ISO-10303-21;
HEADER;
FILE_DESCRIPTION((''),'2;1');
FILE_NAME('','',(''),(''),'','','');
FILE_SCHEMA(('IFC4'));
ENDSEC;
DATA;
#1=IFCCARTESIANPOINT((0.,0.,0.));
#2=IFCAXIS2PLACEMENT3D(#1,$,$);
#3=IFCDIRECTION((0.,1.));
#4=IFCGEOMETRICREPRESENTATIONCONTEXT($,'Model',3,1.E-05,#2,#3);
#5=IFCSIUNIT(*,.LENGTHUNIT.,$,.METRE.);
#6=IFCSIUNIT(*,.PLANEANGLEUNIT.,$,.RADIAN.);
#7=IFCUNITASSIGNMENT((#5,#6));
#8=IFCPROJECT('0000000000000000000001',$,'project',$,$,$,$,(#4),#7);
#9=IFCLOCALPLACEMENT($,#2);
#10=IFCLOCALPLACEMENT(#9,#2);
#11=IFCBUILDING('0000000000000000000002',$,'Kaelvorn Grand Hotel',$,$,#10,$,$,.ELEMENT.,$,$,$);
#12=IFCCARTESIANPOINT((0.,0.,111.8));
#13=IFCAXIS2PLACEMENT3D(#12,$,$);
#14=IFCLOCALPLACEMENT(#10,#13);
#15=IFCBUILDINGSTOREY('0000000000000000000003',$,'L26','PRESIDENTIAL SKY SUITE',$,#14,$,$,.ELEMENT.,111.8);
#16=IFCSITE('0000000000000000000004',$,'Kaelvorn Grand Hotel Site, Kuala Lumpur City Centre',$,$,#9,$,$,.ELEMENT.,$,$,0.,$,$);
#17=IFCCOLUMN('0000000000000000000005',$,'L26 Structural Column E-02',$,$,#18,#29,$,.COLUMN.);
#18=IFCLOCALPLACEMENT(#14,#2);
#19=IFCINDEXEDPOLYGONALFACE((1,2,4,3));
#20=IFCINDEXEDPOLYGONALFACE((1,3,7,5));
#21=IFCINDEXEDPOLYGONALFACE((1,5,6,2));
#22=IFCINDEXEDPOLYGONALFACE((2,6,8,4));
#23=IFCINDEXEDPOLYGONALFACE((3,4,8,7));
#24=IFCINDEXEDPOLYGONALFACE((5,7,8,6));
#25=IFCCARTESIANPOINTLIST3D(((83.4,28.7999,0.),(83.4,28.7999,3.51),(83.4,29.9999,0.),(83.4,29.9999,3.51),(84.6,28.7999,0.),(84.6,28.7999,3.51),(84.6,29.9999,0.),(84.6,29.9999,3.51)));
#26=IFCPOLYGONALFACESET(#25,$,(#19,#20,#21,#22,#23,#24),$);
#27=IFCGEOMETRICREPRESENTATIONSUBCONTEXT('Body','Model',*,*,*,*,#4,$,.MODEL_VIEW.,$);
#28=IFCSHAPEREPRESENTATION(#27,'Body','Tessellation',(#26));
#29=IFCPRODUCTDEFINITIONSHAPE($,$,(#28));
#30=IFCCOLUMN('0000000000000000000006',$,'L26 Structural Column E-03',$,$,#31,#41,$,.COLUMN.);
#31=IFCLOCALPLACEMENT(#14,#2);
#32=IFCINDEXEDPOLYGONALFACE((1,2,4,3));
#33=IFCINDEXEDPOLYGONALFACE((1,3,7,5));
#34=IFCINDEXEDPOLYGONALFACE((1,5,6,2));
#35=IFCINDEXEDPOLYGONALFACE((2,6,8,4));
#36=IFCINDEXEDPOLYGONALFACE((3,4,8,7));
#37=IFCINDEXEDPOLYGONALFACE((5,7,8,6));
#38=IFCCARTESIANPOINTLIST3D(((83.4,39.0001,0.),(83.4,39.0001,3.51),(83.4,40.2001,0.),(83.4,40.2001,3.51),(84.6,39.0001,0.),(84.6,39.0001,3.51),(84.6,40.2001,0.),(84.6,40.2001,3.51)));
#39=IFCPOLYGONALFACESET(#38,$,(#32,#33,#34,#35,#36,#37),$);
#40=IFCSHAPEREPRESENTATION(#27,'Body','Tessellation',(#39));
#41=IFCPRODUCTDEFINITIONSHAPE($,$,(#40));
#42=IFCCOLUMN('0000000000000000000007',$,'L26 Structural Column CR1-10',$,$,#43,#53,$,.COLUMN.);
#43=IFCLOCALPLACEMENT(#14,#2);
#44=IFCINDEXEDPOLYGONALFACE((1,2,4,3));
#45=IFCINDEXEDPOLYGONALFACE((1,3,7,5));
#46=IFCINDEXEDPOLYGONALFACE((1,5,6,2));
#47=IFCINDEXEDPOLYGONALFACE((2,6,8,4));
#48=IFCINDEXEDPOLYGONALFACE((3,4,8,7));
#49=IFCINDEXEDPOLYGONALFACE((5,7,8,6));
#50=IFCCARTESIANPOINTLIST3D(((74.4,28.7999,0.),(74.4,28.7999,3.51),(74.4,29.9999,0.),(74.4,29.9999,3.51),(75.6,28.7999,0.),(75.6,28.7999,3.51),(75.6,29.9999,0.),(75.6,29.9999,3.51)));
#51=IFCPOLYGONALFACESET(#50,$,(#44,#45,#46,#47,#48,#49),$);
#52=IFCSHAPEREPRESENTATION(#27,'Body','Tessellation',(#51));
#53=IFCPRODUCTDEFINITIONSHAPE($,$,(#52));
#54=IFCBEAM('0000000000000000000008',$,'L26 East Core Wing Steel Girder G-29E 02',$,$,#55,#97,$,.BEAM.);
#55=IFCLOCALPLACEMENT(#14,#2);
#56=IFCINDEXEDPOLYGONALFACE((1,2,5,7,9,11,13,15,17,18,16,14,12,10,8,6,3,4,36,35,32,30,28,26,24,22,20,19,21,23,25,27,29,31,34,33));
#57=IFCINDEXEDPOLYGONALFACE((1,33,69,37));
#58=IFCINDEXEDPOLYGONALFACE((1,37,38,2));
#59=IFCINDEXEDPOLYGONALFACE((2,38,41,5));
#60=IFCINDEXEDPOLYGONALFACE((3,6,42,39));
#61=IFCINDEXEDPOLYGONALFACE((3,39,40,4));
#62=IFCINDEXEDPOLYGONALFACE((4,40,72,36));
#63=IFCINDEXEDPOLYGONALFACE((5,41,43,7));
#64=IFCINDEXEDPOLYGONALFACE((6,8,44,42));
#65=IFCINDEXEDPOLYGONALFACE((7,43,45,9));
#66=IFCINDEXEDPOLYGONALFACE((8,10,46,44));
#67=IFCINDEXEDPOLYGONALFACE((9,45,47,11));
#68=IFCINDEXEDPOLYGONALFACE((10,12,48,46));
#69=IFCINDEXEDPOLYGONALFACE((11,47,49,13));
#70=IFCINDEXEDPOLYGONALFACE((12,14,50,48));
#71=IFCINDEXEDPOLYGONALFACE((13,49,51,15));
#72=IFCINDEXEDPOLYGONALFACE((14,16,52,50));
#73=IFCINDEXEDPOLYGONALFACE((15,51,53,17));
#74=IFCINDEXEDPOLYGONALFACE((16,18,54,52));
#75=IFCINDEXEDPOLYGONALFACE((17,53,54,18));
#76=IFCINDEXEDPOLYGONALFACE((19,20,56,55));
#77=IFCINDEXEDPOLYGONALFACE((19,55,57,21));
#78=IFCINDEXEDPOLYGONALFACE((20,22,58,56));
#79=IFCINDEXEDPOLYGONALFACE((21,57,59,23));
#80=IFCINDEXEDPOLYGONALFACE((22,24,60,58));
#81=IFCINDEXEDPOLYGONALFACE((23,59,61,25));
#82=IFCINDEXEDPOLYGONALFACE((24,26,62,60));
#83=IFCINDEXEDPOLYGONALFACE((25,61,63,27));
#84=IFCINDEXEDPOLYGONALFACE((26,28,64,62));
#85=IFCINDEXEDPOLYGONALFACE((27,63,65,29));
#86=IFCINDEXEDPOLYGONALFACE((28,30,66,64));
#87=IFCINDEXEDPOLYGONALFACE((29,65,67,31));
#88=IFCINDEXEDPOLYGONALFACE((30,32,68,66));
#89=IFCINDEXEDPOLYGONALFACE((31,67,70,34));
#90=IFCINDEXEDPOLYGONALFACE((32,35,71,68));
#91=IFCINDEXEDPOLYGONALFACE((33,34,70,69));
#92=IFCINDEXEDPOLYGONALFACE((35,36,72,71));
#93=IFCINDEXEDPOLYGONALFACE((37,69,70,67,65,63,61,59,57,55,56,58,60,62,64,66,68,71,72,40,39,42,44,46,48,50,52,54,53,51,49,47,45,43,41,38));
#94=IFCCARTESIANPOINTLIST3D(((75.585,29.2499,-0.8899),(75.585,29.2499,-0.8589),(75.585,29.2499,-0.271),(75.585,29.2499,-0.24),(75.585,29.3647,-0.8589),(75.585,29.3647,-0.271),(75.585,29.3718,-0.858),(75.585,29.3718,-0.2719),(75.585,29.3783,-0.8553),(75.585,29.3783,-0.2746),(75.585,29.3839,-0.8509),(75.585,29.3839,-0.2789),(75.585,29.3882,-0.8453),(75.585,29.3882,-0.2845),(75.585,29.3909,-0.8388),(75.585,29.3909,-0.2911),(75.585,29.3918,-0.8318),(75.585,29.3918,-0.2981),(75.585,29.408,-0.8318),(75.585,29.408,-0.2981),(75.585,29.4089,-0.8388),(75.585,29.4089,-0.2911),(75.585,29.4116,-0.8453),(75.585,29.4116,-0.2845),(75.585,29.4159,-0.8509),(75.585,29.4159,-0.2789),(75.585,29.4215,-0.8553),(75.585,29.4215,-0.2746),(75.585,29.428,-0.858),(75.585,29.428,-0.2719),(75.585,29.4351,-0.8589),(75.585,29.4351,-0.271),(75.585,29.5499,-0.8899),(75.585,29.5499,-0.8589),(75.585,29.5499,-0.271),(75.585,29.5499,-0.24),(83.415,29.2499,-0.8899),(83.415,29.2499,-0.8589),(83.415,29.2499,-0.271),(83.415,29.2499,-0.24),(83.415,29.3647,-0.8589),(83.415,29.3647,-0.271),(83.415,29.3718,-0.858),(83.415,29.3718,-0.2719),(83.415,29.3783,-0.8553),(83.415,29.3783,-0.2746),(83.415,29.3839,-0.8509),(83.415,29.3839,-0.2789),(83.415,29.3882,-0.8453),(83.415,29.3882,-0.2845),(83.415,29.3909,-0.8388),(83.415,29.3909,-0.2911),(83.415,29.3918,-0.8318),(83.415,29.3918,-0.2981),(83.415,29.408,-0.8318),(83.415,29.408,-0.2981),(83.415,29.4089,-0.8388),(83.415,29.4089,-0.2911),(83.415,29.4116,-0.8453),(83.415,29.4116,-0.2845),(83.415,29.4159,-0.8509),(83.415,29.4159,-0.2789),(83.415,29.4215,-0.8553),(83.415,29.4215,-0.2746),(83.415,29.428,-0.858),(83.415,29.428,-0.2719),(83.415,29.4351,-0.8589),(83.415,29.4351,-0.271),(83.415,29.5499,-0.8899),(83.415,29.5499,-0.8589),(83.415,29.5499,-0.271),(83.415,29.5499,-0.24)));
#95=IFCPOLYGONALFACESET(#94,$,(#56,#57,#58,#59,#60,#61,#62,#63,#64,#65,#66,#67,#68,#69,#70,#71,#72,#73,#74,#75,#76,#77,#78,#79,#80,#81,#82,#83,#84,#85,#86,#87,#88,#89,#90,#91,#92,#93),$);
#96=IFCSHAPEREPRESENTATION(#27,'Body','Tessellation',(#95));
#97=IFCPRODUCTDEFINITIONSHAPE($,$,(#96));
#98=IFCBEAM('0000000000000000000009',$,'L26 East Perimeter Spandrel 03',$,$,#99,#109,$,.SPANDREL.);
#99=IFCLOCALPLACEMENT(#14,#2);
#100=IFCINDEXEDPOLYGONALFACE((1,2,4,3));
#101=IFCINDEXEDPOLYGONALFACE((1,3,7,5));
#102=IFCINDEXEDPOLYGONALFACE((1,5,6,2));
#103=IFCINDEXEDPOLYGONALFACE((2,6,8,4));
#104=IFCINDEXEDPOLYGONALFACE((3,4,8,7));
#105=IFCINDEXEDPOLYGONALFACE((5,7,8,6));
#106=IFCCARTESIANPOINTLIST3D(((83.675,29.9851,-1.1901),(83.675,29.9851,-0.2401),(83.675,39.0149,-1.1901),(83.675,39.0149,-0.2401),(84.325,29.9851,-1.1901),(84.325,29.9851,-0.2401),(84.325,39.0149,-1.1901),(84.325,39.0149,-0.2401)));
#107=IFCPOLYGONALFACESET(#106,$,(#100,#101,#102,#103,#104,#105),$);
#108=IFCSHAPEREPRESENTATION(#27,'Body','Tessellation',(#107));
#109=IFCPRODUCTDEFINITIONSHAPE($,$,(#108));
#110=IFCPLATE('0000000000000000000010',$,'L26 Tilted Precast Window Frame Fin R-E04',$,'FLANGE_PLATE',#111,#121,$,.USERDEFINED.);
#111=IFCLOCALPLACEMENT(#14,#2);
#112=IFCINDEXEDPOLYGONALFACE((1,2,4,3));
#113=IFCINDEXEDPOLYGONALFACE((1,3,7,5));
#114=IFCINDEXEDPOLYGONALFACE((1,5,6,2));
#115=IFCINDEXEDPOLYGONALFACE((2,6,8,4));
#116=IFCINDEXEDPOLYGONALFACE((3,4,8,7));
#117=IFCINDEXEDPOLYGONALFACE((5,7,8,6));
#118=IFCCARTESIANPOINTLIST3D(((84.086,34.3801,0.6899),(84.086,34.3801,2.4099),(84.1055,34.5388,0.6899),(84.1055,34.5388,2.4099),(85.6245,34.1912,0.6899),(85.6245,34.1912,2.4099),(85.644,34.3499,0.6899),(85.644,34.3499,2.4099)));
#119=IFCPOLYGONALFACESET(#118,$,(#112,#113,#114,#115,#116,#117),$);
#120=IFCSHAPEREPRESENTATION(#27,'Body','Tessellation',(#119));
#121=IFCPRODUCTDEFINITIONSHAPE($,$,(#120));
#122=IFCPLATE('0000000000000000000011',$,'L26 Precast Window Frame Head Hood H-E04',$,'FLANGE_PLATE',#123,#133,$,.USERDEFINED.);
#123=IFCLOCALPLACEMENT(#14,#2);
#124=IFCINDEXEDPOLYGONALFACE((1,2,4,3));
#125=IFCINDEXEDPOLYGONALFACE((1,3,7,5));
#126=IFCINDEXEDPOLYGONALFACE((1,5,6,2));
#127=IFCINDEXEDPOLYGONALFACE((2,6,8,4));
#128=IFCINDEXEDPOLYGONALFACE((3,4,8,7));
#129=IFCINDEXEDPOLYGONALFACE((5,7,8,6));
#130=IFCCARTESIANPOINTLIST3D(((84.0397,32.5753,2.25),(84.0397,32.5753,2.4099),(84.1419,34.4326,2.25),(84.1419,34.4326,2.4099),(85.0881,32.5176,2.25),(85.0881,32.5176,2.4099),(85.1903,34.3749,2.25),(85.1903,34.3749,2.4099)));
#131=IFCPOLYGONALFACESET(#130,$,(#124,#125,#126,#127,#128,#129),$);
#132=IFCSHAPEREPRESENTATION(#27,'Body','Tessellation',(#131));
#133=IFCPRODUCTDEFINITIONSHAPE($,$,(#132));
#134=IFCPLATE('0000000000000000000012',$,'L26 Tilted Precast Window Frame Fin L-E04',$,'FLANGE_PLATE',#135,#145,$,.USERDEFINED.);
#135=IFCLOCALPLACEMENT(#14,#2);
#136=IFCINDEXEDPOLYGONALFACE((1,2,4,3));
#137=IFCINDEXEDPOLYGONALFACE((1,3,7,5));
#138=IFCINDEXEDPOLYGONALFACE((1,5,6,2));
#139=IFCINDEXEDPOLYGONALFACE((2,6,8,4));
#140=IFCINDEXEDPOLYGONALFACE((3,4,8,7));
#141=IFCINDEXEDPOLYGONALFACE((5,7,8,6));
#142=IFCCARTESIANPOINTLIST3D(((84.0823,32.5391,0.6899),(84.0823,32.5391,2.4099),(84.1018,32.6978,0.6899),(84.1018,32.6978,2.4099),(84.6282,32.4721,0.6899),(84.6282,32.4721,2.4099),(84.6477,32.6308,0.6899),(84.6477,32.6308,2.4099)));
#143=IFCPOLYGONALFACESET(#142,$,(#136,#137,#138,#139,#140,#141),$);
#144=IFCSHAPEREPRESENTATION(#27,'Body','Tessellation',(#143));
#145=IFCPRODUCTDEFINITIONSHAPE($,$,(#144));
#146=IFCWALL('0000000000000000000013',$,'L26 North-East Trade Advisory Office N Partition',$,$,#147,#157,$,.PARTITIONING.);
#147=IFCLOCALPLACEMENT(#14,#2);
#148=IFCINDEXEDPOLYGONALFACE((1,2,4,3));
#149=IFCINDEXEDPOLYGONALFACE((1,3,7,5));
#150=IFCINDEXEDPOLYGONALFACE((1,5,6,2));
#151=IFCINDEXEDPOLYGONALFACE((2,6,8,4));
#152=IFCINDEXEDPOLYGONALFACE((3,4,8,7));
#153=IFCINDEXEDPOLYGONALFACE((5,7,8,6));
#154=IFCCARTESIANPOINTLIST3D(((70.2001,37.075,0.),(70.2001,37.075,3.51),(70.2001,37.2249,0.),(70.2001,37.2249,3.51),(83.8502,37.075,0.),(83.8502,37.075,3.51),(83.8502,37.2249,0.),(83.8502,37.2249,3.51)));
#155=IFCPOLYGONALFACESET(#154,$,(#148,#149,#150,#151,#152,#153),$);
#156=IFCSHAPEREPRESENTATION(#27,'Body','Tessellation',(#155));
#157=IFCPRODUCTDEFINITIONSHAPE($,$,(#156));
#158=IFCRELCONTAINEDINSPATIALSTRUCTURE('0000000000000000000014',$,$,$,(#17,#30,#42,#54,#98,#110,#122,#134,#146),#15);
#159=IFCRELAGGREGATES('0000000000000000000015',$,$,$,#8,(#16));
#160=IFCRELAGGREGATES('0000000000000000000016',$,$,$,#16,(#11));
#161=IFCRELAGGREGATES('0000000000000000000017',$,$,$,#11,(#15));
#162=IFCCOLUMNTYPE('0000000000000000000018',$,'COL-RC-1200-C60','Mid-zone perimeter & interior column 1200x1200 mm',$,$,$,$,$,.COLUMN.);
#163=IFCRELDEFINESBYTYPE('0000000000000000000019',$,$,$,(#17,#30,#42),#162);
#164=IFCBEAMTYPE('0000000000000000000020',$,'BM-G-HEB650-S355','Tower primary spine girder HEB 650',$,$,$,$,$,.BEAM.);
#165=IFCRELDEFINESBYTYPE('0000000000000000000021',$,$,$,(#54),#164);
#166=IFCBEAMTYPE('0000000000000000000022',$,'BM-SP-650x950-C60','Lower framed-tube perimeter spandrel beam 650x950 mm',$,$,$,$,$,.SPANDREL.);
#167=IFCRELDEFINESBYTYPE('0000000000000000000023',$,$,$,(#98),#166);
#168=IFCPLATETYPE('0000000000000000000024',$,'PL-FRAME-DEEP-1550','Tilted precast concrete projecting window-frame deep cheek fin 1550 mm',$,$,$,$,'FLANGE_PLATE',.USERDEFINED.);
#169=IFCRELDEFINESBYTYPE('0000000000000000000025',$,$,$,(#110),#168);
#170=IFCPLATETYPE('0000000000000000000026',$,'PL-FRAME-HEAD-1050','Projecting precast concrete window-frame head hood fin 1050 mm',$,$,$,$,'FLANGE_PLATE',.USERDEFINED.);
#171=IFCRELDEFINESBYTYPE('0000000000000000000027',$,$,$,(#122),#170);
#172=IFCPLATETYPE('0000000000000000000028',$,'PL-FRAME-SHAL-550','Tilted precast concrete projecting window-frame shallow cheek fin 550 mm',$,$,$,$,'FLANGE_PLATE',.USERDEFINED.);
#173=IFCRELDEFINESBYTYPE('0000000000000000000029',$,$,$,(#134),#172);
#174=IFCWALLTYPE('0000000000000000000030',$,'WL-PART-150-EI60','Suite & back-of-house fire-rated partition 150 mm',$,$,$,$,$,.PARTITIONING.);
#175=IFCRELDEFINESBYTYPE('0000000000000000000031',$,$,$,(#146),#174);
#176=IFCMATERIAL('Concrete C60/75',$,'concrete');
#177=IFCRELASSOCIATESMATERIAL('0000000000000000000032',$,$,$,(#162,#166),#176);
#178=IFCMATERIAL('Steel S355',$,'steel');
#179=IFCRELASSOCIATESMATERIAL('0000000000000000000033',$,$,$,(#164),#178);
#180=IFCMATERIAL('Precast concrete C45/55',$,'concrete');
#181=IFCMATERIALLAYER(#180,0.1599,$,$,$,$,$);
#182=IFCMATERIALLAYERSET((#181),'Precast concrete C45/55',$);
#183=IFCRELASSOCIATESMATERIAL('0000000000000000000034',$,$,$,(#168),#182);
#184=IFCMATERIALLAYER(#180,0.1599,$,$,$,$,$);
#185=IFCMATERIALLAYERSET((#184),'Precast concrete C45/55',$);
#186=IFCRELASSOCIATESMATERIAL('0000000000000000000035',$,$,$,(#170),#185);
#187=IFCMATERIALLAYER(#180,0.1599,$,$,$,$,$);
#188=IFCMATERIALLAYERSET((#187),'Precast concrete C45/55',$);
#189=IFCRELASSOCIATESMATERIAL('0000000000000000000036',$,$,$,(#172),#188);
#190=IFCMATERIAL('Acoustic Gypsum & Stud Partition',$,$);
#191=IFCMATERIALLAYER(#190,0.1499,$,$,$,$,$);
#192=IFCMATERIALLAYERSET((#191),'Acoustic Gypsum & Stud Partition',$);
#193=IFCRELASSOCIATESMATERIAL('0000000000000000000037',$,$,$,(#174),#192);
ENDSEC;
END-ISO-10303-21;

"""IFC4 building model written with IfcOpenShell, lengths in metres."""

from ifc_helpers import new_model, si_unit, direction, frame, frame_2d, origin, origin_2d, place, context, subcontext, project, spatial, rectangle, i_section, extrude, material, layer, layer_set, material_profile, profile_set, type_object, element, save


model = new_model("IFC4")

# Units and contexts
model_context = context("Model", 3, precision=1e-05, world=origin(), true_north=direction((0.0, 1.0)))
body_context = subcontext(model_context, "Body", "Model", "MODEL_VIEW")
ifc_project = project(units=[si_unit("LENGTHUNIT", "METRE"), si_unit("PLANEANGLEUNIT", "RADIAN")], contexts=[model_context])

# Site, building, storey
site_placement = place(None, origin())
site = spatial("IfcSite", under=ifc_project, at=site_placement, Name="Kaelvorn Grand Hotel Site, Kuala Lumpur City Centre", CompositionType="ELEMENT", RefElevation=0.0)
building_placement = place(site_placement, origin())
building = spatial("IfcBuilding", under=site, at=building_placement, Name="Kaelvorn Grand Hotel", CompositionType="ELEMENT")
storey_placement = place(building_placement, frame((0.0, 0.0, 111.8)))
storey = spatial("IfcBuildingStorey", under=building, at=storey_placement, Name="L26", Description="PRESIDENTIAL SKY SUITE", CompositionType="ELEMENT", Elevation=111.8)

# Columns
ifc_material_1 = material(Name="Concrete C60/75", Category="concrete")
ifc_material_profile_1 = material_profile(ifc_material_1, rectangle(XDim=1.2, YDim=1.2, at=origin_2d()), Name="RC COL 1200x1200")
ifc_profile_set_1 = profile_set([ifc_material_profile_1], Name="Concrete C60/75")
column_type = type_object("IfcColumnType", Name="COL-RC-1200-C60", Description="Mid-zone perimeter & interior column 1200x1200 mm", PredefinedType="COLUMN", material=ifc_profile_set_1)
for number, where, z_axis, x_axis, name in (
    (1, (84.0, 29.3999, 0.0), (0.0, 0.0, 1.0), (1.0, 0.0, 0.0), "L26 Structural Column E-02"),
    (2, (84.0, 39.6001, 0.0), (0.0, 0.0, 1.0), (1.0, 0.0, 0.0), "L26 Structural Column E-03"),
    (3, (75.0, 29.3999, 0.0), (0.0, 0.0, 1.0), (1.0, 0.0, 0.0), "L26 Structural Column CR1-10"),
):
    element("IfcColumn", number, at=place(storey_placement, frame(where, z_axis=z_axis, x_axis=x_axis)), inside=storey, type_object=column_type, Name=name, PredefinedType="COLUMN", context=body_context, shape_type="SweptSolid", body=[
        extrude(rectangle(XDim=1.2, YDim=1.2, at=origin_2d()), origin(), (0.0, 0.0, 1.0), 3.51),
    ])

# Beams
ifc_material_2 = material(Name="Steel S355", Category="steel")
ifc_material_profile_2 = material_profile(ifc_material_2, i_section(OverallWidth=0.3, OverallDepth=0.6499, WebThickness=0.0161, FlangeThickness=0.031, FilletRadius=0.0271, at=origin_2d()), Name="HEB 650")
ifc_profile_set_2 = profile_set([ifc_material_profile_2], Name="Steel S355")
beam_type_1 = type_object("IfcBeamType", Name="BM-G-HEB650-S355", Description="Tower primary spine girder HEB 650", PredefinedType="BEAM", material=ifc_profile_set_2)
beam_1_placement = place(storey_placement, frame((75.585, 29.3999, -0.5649), z_axis=(1.0, 0.0, 0.0), x_axis=(0.0, 1.0, 0.0)))
element("IfcBeam", 4, at=beam_1_placement, inside=storey, type_object=beam_type_1, Name="L26 East Core Wing Steel Girder G-29E 02", PredefinedType="BEAM", context=body_context, shape_type="SweptSolid", body=[
    extrude(i_section(OverallWidth=0.3, OverallDepth=0.6499, WebThickness=0.0161, FlangeThickness=0.031, FilletRadius=0.0271, at=origin_2d()), origin(), (0.0, 0.0, 1.0), 7.8301),
])
ifc_material_profile_3 = material_profile(ifc_material_1, rectangle(XDim=0.6499, YDim=0.95, at=origin_2d()), Name="RC SPANDREL 650x950")
ifc_profile_set_3 = profile_set([ifc_material_profile_3], Name="Concrete C60/75")
beam_type_2 = type_object("IfcBeamType", Name="BM-SP-650x950-C60", Description="Lower framed-tube perimeter spandrel beam 650x950 mm", PredefinedType="SPANDREL", material=ifc_profile_set_3)
beam_2_placement = place(storey_placement, frame((84.0, 29.9851, -0.7151), z_axis=(0.0, 1.0, 0.0), x_axis=(-1.0, 0.0, 0.0)))
element("IfcBeam", 5, at=beam_2_placement, inside=storey, type_object=beam_type_2, Name="L26 East Perimeter Spandrel 03", PredefinedType="SPANDREL", context=body_context, shape_type="SweptSolid", body=[
    extrude(rectangle(XDim=0.6499, YDim=0.95, at=origin_2d()), origin(), (0.0, 0.0, 1.0), 9.0298),
])

# Plates
ifc_material_3 = material(Name="Precast concrete C45/55", Category="concrete")
ifc_layer_1 = layer(ifc_material_3, 0.1599)
ifc_layer_set_1 = layer_set([ifc_layer_1], Name="Precast concrete C45/55")
plate_type_1 = type_object("IfcPlateType", Name="PL-FRAME-DEEP-1550", Description="Tilted precast concrete projecting window-frame deep cheek fin 1550 mm", ElementType="FLANGE_PLATE", PredefinedType="USERDEFINED", material=ifc_layer_set_1)
plate_1_placement = place(storey_placement, frame((84.865, 34.365, 0.6899), z_axis=(0.0, 0.0, 1.0), x_axis=(0.121869, 0.992546, 0.0)))
element("IfcPlate", 6, at=plate_1_placement, inside=storey, type_object=plate_type_1, Name="L26 Tilted Precast Window Frame Fin R-E04", ObjectType="FLANGE_PLATE", PredefinedType="USERDEFINED", context=body_context, shape_type="SweptSolid", body=[
    extrude(rectangle(XDim=0.1599, YDim=1.55, at=origin_2d()), origin(), (0.0, 0.0, 1.0), 1.72),
])
ifc_layer_2 = layer(ifc_material_3, 0.1599)
ifc_layer_set_2 = layer_set([ifc_layer_2], Name="Precast concrete C45/55")
plate_type_2 = type_object("IfcPlateType", Name="PL-FRAME-HEAD-1050", Description="Projecting precast concrete window-frame head hood fin 1050 mm", ElementType="FLANGE_PLATE", PredefinedType="USERDEFINED", material=ifc_layer_set_2)
plate_2_placement = place(storey_placement, frame((84.615, 33.4751, 2.25), z_axis=(0.0, 0.0, 1.0), x_axis=(0.05495, 0.998489, 0.0)))
element("IfcPlate", 7, at=plate_2_placement, inside=storey, type_object=plate_type_2, Name="L26 Precast Window Frame Head Hood H-E04", ObjectType="FLANGE_PLATE", PredefinedType="USERDEFINED", context=body_context, shape_type="SweptSolid", body=[
    extrude(rectangle(XDim=1.8601, YDim=1.05, at=origin_2d()), origin(), (0.0, 0.0, 1.0), 0.1599),
])
ifc_layer_3 = layer(ifc_material_3, 0.1599)
ifc_layer_set_3 = layer_set([ifc_layer_3], Name="Precast concrete C45/55")
plate_type_3 = type_object("IfcPlateType", Name="PL-FRAME-SHAL-550", Description="Tilted precast concrete projecting window-frame shallow cheek fin 550 mm", ElementType="FLANGE_PLATE", PredefinedType="USERDEFINED", material=ifc_layer_set_3)
plate_3_placement = place(storey_placement, frame((84.365, 32.585, 0.6899), z_axis=(0.0, 0.0, 1.0), x_axis=(0.121869, 0.992546, 0.0)))
element("IfcPlate", 8, at=plate_3_placement, inside=storey, type_object=plate_type_3, Name="L26 Tilted Precast Window Frame Fin L-E04", ObjectType="FLANGE_PLATE", PredefinedType="USERDEFINED", context=body_context, shape_type="SweptSolid", body=[
    extrude(rectangle(XDim=0.1599, YDim=0.55, at=origin_2d()), origin(), (0.0, 0.0, 1.0), 1.72),
])

# Wall
ifc_material_4 = material(Name="Acoustic Gypsum & Stud Partition")
ifc_layer_4 = layer(ifc_material_4, 0.1499)
ifc_layer_set_4 = layer_set([ifc_layer_4], Name="Acoustic Gypsum & Stud Partition")
wall_type_1 = type_object("IfcWallType", Name="WL-PART-150-EI60", Description="Suite & back-of-house fire-rated partition 150 mm", PredefinedType="PARTITIONING", material=ifc_layer_set_4)
wall_1_placement = place(storey_placement, frame((70.2, 37.1499, 0.0), z_axis=(0.0, 0.0, 1.0), x_axis=(1.0, 0.0, 0.0)))
element("IfcWall", 9, at=wall_1_placement, inside=storey, type_object=wall_type_1, Name="L26 North-East Trade Advisory Office N Partition", PredefinedType="PARTITIONING", context=body_context, shape_type="SweptSolid", body=[
    extrude(rectangle(XDim=13.6501, YDim=0.1499, at=frame_2d((6.8252, 0.0))), origin(), (0.0, 0.0, 1.0), 3.51),
])

save(model, "model.ifc")
